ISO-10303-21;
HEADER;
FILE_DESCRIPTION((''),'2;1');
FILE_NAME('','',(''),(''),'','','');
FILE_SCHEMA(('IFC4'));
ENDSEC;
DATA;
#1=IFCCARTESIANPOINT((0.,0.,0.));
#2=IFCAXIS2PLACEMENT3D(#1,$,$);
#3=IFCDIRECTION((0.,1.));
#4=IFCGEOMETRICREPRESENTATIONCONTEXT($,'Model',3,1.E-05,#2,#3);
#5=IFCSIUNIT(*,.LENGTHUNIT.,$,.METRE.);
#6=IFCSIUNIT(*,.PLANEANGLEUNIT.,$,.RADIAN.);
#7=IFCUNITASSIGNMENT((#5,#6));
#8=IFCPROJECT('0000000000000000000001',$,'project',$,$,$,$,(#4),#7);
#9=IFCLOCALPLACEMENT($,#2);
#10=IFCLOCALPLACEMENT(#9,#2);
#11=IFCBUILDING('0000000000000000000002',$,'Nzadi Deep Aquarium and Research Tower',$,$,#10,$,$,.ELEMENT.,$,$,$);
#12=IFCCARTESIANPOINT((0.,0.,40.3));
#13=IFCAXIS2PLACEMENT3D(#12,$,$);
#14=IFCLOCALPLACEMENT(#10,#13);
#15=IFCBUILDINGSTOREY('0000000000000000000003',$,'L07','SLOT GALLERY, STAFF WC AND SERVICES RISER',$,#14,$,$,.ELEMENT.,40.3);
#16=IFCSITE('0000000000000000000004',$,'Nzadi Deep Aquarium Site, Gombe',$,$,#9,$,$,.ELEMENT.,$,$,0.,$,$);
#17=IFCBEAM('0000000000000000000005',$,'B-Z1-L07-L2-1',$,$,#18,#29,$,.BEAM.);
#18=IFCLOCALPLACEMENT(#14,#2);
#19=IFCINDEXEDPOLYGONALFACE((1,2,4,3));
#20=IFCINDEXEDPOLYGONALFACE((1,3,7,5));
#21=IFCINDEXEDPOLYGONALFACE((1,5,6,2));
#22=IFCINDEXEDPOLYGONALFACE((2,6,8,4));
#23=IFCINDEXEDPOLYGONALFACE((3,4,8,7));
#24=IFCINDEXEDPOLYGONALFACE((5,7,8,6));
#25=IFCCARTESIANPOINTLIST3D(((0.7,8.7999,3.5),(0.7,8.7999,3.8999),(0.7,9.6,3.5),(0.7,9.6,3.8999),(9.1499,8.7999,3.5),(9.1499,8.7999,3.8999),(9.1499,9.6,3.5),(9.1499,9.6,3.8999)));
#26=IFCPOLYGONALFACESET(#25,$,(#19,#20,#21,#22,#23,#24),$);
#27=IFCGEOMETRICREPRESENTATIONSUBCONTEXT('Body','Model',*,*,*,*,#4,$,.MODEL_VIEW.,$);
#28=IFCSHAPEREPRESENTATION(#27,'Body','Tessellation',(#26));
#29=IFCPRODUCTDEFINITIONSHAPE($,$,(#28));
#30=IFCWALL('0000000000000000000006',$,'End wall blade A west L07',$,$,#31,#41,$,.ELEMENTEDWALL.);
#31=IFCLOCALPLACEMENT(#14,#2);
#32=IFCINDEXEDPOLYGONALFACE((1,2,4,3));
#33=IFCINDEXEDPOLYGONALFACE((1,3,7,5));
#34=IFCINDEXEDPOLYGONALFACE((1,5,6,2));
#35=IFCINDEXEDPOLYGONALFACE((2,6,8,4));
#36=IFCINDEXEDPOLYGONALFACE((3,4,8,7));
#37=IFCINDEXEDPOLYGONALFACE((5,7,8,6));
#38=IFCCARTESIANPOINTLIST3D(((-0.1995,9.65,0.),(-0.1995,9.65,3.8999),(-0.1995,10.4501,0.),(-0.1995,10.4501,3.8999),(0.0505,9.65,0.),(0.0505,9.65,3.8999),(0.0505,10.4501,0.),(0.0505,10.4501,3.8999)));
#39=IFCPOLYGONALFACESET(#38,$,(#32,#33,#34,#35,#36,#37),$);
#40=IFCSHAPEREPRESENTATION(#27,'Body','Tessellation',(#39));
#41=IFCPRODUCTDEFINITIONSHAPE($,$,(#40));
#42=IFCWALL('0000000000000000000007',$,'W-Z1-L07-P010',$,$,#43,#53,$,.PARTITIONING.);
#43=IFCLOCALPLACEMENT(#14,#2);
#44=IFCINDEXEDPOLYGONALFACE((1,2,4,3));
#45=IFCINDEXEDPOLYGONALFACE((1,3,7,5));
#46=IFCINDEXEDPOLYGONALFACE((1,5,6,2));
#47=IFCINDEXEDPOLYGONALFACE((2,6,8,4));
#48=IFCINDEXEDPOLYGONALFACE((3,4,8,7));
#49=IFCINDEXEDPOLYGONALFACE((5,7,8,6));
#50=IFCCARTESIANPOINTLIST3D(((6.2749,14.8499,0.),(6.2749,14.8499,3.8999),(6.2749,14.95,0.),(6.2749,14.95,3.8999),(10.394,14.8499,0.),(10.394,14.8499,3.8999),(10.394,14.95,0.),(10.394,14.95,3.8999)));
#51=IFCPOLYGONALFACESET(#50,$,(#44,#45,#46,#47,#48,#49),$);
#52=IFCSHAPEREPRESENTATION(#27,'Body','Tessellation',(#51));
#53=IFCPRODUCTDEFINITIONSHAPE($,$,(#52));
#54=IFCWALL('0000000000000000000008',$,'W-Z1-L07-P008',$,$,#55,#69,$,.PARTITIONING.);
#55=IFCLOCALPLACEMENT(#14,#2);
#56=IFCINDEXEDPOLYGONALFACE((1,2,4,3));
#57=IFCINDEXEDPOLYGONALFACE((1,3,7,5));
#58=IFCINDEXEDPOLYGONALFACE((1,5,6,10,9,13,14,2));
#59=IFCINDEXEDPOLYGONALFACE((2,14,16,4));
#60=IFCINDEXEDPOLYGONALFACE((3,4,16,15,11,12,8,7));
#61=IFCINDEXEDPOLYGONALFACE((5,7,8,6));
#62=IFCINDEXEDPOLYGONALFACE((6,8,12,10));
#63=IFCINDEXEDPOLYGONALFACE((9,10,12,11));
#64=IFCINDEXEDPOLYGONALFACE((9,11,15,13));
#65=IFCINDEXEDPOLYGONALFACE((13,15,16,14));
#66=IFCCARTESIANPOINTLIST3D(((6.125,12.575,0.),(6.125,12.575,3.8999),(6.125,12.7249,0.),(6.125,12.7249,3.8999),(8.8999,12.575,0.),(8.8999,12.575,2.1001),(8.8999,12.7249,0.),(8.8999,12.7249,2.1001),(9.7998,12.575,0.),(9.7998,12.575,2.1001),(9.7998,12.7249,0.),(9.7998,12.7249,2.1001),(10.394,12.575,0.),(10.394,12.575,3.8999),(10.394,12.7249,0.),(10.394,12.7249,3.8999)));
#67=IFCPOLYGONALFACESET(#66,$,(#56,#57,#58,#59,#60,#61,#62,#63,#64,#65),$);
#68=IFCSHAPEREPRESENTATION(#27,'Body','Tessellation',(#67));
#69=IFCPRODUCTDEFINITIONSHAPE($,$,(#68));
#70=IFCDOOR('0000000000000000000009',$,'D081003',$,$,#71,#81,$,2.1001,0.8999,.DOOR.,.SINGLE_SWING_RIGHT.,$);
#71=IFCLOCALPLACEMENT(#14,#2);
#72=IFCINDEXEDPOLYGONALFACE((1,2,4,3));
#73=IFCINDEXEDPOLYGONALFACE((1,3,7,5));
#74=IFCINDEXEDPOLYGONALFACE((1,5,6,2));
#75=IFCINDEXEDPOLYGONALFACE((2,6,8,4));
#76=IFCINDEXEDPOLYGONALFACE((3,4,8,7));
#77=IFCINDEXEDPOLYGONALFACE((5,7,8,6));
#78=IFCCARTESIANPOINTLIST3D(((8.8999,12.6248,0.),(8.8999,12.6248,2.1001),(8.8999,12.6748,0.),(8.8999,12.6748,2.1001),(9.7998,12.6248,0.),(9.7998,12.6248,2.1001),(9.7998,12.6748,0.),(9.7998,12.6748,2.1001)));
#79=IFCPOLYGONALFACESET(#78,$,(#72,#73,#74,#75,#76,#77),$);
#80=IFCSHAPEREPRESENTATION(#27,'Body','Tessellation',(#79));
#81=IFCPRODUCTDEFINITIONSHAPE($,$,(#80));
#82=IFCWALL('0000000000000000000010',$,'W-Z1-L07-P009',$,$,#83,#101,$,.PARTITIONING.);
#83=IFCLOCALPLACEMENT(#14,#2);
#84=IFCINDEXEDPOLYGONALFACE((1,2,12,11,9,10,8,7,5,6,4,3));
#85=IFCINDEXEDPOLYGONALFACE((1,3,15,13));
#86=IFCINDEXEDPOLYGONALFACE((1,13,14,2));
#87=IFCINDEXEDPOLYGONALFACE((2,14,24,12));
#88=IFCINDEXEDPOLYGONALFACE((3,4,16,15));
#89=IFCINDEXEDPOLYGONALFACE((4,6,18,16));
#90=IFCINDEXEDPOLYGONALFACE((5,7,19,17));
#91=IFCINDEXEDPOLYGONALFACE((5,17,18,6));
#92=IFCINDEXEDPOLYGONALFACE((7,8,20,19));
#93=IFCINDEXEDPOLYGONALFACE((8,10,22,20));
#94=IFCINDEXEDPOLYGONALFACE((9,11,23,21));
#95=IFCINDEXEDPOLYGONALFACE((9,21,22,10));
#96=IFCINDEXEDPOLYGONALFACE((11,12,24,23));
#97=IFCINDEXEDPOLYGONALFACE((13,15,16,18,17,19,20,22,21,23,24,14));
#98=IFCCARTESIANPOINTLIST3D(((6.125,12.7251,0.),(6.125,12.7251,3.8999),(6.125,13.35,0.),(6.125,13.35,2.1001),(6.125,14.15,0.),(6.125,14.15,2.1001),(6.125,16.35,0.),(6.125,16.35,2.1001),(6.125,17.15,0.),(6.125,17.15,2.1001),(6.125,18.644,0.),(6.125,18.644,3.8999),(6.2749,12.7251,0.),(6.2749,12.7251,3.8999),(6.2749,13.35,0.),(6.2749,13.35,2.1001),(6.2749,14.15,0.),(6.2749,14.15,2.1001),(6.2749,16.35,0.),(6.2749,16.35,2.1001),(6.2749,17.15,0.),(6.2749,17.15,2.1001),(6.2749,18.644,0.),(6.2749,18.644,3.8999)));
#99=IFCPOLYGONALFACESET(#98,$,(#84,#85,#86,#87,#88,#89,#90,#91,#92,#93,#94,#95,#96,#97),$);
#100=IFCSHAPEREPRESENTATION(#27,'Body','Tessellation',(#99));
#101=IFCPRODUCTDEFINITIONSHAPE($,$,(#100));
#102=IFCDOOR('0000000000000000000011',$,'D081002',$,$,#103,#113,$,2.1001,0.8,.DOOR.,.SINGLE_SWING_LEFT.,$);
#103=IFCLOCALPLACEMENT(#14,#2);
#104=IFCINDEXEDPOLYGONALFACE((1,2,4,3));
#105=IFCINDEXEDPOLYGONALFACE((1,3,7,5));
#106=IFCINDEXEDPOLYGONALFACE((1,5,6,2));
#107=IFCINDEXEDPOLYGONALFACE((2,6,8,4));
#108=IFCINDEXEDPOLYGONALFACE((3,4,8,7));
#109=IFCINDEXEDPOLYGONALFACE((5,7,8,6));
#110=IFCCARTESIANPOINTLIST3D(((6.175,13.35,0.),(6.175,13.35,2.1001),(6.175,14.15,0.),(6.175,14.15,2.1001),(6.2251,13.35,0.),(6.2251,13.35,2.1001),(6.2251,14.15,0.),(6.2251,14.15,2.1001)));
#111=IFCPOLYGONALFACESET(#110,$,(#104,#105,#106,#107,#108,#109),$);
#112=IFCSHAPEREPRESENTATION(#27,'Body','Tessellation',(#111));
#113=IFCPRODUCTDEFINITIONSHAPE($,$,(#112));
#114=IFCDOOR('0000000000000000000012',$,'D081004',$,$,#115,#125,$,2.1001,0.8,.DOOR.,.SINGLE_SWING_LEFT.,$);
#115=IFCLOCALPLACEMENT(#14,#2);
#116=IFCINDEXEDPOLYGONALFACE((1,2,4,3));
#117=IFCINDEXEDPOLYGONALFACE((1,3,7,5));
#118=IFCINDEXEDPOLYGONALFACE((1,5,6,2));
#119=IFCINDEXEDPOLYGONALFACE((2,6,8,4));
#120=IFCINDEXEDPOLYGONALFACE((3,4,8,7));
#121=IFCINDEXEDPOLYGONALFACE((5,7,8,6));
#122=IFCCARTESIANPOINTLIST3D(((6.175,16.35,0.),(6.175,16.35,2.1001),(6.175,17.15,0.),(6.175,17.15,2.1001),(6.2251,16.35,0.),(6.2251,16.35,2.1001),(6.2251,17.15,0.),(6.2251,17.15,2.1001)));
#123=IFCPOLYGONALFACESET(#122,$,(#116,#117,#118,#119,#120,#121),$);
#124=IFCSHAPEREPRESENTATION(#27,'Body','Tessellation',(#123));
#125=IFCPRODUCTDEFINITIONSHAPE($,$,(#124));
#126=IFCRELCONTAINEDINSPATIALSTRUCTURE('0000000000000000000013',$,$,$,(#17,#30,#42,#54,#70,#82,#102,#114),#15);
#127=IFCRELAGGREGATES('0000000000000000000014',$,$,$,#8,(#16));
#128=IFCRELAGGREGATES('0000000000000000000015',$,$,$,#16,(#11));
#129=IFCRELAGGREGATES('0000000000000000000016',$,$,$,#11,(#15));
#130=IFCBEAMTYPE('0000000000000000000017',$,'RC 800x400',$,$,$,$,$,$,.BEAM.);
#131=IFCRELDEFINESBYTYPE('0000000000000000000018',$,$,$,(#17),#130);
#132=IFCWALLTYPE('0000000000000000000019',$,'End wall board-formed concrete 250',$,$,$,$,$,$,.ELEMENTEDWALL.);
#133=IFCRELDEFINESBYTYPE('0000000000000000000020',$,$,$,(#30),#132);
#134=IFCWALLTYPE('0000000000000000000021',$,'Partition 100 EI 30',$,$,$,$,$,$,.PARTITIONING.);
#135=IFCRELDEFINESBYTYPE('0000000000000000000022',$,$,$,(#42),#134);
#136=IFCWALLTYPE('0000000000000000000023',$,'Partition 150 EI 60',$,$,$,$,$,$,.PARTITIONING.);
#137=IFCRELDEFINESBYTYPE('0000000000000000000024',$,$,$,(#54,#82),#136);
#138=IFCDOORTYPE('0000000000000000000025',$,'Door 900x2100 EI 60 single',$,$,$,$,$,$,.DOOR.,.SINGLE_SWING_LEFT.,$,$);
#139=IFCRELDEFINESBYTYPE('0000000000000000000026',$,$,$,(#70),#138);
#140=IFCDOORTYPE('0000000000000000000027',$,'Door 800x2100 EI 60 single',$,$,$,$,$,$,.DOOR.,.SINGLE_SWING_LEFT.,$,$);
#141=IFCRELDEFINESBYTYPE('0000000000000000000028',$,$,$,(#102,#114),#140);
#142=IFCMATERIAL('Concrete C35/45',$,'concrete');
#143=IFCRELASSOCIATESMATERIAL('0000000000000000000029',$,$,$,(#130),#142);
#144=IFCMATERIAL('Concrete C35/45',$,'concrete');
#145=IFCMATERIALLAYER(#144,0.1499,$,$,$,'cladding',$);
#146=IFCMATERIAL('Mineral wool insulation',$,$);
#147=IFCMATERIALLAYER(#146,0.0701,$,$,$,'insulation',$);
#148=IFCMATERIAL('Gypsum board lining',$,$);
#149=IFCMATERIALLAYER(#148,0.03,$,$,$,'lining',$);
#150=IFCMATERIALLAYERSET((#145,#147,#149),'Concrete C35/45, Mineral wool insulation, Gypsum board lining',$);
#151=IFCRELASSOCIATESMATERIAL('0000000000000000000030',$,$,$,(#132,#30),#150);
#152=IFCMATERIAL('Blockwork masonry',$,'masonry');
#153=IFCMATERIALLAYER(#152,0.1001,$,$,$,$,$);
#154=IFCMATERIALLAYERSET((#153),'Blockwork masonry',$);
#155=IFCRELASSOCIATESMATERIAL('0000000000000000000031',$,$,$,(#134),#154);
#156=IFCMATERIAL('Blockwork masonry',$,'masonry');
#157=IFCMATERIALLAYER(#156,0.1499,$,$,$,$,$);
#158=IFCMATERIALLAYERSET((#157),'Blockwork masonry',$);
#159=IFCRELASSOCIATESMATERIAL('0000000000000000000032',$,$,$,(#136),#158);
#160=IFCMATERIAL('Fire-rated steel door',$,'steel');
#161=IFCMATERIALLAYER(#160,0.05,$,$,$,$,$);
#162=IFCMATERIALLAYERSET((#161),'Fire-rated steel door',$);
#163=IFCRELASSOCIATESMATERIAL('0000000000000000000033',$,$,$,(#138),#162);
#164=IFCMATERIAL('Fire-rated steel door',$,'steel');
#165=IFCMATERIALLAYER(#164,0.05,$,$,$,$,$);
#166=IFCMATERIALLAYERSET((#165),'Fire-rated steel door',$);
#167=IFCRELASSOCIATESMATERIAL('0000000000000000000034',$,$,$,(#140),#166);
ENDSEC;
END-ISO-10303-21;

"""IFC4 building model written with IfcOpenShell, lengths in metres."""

from ifc_helpers import new_model, si_unit, direction, frame, frame_2d, origin, origin_2d, place, context, subcontext, project, spatial, rectangle, extrude, material, layer, layer_set, layer_usage, material_profile, profile_set, type_object, element, fill, save


model = new_model("IFC4")

# Units and contexts
model_context = context("Model", 3, precision=1e-05, world=origin(), true_north=direction((0.0, 1.0)))
body_context = subcontext(model_context, "Body", "Model", "MODEL_VIEW")
ifc_project = project(units=[si_unit("LENGTHUNIT", "METRE"), si_unit("PLANEANGLEUNIT", "RADIAN")], contexts=[model_context])

# Site, building, storey
site_placement = place(None, origin())
site = spatial("IfcSite", under=ifc_project, at=site_placement, Name="Nzadi Deep Aquarium Site, Gombe", CompositionType="ELEMENT", RefElevation=0.0)
building_placement = place(site_placement, origin())
building = spatial("IfcBuilding", under=site, at=building_placement, Name="Nzadi Deep Aquarium and Research Tower", CompositionType="ELEMENT")
storey_placement = place(building_placement, frame((0.0, 0.0, 40.3)))
storey = spatial("IfcBuildingStorey", under=building, at=storey_placement, Name="L07", Description="SLOT GALLERY, STAFF WC AND SERVICES RISER", CompositionType="ELEMENT", Elevation=40.3)

# Beam
ifc_material_1 = material(Name="Concrete C35/45", Category="concrete")
ifc_material_profile = material_profile(ifc_material_1, rectangle(XDim=0.8, YDim=0.3999, at=origin_2d()))
ifc_profile_set = profile_set([ifc_material_profile], Name="Concrete C35/45")
beam_type = type_object("IfcBeamType", Name="RC 800x400", PredefinedType="BEAM", material=ifc_profile_set)
beam_placement = place(storey_placement, frame((0.7, 9.2, 3.7), z_axis=(1.0, 0.0, 0.0), x_axis=(0.0, 1.0, 0.0)))
element("IfcBeam", 1, at=beam_placement, inside=storey, type_object=beam_type, Name="B-Z1-L07-L2-1", PredefinedType="BEAM", context=body_context, shape_type="SweptSolid", body=[
    extrude(rectangle(XDim=0.8, YDim=0.3999, at=origin_2d()), origin(), (0.0, 0.0, 1.0), 8.45),
])

# Walls
ifc_material_2 = material(Name="Concrete C35/45", Category="concrete")
ifc_layer_1 = layer(ifc_material_2, 0.1499, Category="cladding")
ifc_material_3 = material(Name="Mineral wool insulation")
ifc_layer_2 = layer(ifc_material_3, 0.0701, Category="insulation")
ifc_material_4 = material(Name="Gypsum board lining")
ifc_layer_3 = layer(ifc_material_4, 0.03, Category="lining")
ifc_layer_set_1 = layer_set([ifc_layer_1, ifc_layer_2, ifc_layer_3], Name="Concrete C35/45, Mineral wool insulation, Gypsum board lining")
ifc_layer_usage = layer_usage(ifc_layer_set_1, "AXIS2", "POSITIVE", -0.125)
wall_type_1 = type_object("IfcWallType", Name="End wall board-formed concrete 250", PredefinedType="ELEMENTEDWALL", material=ifc_layer_set_1)
wall_1_placement = place(storey_placement, frame((-0.0745, 10.45, 0.0), z_axis=(0.0, 0.0, 1.0), x_axis=(0.0, -1.0, 0.0)))
element("IfcWall", 2, at=wall_1_placement, inside=storey, type_object=wall_type_1, material=ifc_layer_usage, Name="End wall blade A west L07", PredefinedType="ELEMENTEDWALL", context=body_context, shape_type="SweptSolid", body=[
    extrude(rectangle(XDim=0.8, YDim=0.25, at=frame_2d((0.3999, 0.0))), origin(), (0.0, 0.0, 1.0), 3.8999),
])
ifc_material_5 = material(Name="Blockwork masonry", Category="masonry")
ifc_layer_4 = layer(ifc_material_5, 0.1001)
ifc_layer_set_2 = layer_set([ifc_layer_4], Name="Blockwork masonry")
wall_type_2 = type_object("IfcWallType", Name="Partition 100 EI 30", PredefinedType="PARTITIONING", material=ifc_layer_set_2)
wall_2_placement = place(storey_placement, frame((6.2749, 14.8999, 0.0), z_axis=(0.0, 0.0, 1.0), x_axis=(1.0, 0.0, 0.0)))
element("IfcWall", 3, at=wall_2_placement, inside=storey, type_object=wall_type_2, Name="W-Z1-L07-P010", PredefinedType="PARTITIONING", context=body_context, shape_type="SweptSolid", body=[
    extrude(rectangle(XDim=4.1191, YDim=0.1001, at=frame_2d((2.0596, 0.0))), origin(), (0.0, 0.0, 1.0), 3.8999),
])

# Wall, opening, door
ifc_material_6 = material(Name="Blockwork masonry", Category="masonry")
ifc_layer_5 = layer(ifc_material_6, 0.1499)
ifc_layer_set_3 = layer_set([ifc_layer_5], Name="Blockwork masonry")
wall_type_3 = type_object("IfcWallType", Name="Partition 150 EI 60", PredefinedType="PARTITIONING", material=ifc_layer_set_3)
wall_3_placement = place(storey_placement, frame((6.125, 12.6499, 0.0), z_axis=(0.0, 0.0, 1.0), x_axis=(1.0, 0.0, 0.0)))
wall_3 = element("IfcWall", 4, at=wall_3_placement, inside=storey, type_object=wall_type_3, Name="W-Z1-L07-P008", PredefinedType="PARTITIONING", context=body_context, shape_type="SweptSolid", body=[
    extrude(rectangle(XDim=4.269, YDim=0.1499, at=frame_2d((2.1345, 0.0))), origin(), (0.0, 0.0, 1.0), 3.8999),
])
opening_1_placement = place(wall_3_placement, frame((2.7749, 0.0, 0.0)))
opening_1 = element("IfcOpeningElement", 5, at=opening_1_placement, cuts=wall_3, PredefinedType="OPENING", context=body_context, shape_type="SweptSolid", body=[
    extrude(rectangle(XDim=0.8999, YDim=2.1001, at=frame_2d((0.45, 1.05))), frame((0.0, 0.085, 0.0), z_axis=(0.0, -1.0, 0.0), x_axis=(1.0, 0.0, 0.0)), (0.0, 0.0, 1.0), 0.1699),
])
ifc_material_7 = material(Name="Fire-rated steel door", Category="steel")
ifc_layer_6 = layer(ifc_material_7, 0.05)
ifc_layer_set_4 = layer_set([ifc_layer_6], Name="Fire-rated steel door")
door_type_1 = type_object("IfcDoorType", Name="Door 900x2100 EI 60 single", OperationType="SINGLE_SWING_LEFT", PredefinedType="DOOR", material=ifc_layer_set_4)
door_1_placement = place(opening_1_placement, origin())
door_1 = element("IfcDoor", 6, at=door_1_placement, inside=storey, type_object=door_type_1, Name="D081003", OperationType="SINGLE_SWING_RIGHT", OverallHeight=2.1001, OverallWidth=0.8999, PredefinedType="DOOR", context=body_context, shape_type="SweptSolid", body=[
    extrude(rectangle(XDim=0.8999, YDim=2.1001, at=frame_2d((0.45, 1.05))), frame((0.0, 0.0249, 0.0), z_axis=(0.0, -1.0, 0.0), x_axis=(1.0, 0.0, 0.0)), (0.0, 0.0, 1.0), 0.05),
])
fill(opening_1, door_1)

# Wall, openings, doors
wall_4_placement = place(storey_placement, frame((6.2, 12.7251, 0.0), z_axis=(0.0, 0.0, 1.0), x_axis=(0.0, 1.0, 0.0)))
wall_4 = element("IfcWall", 7, at=wall_4_placement, inside=storey, type_object=wall_type_3, Name="W-Z1-L07-P009", PredefinedType="PARTITIONING", context=body_context, shape_type="SweptSolid", body=[
    extrude(rectangle(XDim=5.9189, YDim=0.1499, at=frame_2d((2.9595, 0.0))), origin(), (0.0, 0.0, 1.0), 3.8999),
])
opening_2_placement = place(wall_4_placement, frame((0.625, 0.0, 0.0)))
opening_2 = element("IfcOpeningElement", 8, at=opening_2_placement, cuts=wall_4, PredefinedType="OPENING", context=body_context, shape_type="SweptSolid", body=[
    extrude(rectangle(XDim=0.8, YDim=2.1001, at=frame_2d((0.3999, 1.05))), frame((0.0, 0.085, 0.0), z_axis=(0.0, -1.0, 0.0), x_axis=(1.0, 0.0, 0.0)), (0.0, 0.0, 1.0), 0.1699),
])
opening_3_placement = place(wall_4_placement, frame((3.625, 0.0, 0.0)))
opening_3 = element("IfcOpeningElement", 9, at=opening_3_placement, cuts=wall_4, PredefinedType="OPENING", context=body_context, shape_type="SweptSolid", body=[
    extrude(rectangle(XDim=0.8, YDim=2.1001, at=frame_2d((0.3999, 1.05))), frame((0.0, 0.085, 0.0), z_axis=(0.0, -1.0, 0.0), x_axis=(1.0, 0.0, 0.0)), (0.0, 0.0, 1.0), 0.1699),
])
ifc_material_8 = material(Name="Fire-rated steel door", Category="steel")
ifc_layer_7 = layer(ifc_material_8, 0.05)
ifc_layer_set_5 = layer_set([ifc_layer_7], Name="Fire-rated steel door")
door_type_2 = type_object("IfcDoorType", Name="Door 800x2100 EI 60 single", OperationType="SINGLE_SWING_LEFT", PredefinedType="DOOR", material=ifc_layer_set_5)
door_2_placement = place(opening_2_placement, origin())
door_2 = element("IfcDoor", 10, at=door_2_placement, inside=storey, type_object=door_type_2, Name="D081002", OperationType="SINGLE_SWING_LEFT", OverallHeight=2.1001, OverallWidth=0.8, PredefinedType="DOOR", context=body_context, shape_type="SweptSolid", body=[
    extrude(rectangle(XDim=0.8, YDim=2.1001, at=frame_2d((0.3999, 1.05))), frame((0.0, 0.0249, 0.0), z_axis=(0.0, -1.0, 0.0), x_axis=(1.0, 0.0, 0.0)), (0.0, 0.0, 1.0), 0.05),
])
fill(opening_2, door_2)
door_3_placement = place(opening_3_placement, origin())
door_3 = element("IfcDoor", 11, at=door_3_placement, inside=storey, type_object=door_type_2, Name="D081004", OperationType="SINGLE_SWING_LEFT", OverallHeight=2.1001, OverallWidth=0.8, PredefinedType="DOOR", context=body_context, shape_type="SweptSolid", body=[
    extrude(rectangle(XDim=0.8, YDim=2.1001, at=frame_2d((0.3999, 1.05))), frame((0.0, 0.0249, 0.0), z_axis=(0.0, -1.0, 0.0), x_axis=(1.0, 0.0, 0.0)), (0.0, 0.0, 1.0), 0.05),
])
fill(opening_3, door_3)

save(model, "model.ifc")
